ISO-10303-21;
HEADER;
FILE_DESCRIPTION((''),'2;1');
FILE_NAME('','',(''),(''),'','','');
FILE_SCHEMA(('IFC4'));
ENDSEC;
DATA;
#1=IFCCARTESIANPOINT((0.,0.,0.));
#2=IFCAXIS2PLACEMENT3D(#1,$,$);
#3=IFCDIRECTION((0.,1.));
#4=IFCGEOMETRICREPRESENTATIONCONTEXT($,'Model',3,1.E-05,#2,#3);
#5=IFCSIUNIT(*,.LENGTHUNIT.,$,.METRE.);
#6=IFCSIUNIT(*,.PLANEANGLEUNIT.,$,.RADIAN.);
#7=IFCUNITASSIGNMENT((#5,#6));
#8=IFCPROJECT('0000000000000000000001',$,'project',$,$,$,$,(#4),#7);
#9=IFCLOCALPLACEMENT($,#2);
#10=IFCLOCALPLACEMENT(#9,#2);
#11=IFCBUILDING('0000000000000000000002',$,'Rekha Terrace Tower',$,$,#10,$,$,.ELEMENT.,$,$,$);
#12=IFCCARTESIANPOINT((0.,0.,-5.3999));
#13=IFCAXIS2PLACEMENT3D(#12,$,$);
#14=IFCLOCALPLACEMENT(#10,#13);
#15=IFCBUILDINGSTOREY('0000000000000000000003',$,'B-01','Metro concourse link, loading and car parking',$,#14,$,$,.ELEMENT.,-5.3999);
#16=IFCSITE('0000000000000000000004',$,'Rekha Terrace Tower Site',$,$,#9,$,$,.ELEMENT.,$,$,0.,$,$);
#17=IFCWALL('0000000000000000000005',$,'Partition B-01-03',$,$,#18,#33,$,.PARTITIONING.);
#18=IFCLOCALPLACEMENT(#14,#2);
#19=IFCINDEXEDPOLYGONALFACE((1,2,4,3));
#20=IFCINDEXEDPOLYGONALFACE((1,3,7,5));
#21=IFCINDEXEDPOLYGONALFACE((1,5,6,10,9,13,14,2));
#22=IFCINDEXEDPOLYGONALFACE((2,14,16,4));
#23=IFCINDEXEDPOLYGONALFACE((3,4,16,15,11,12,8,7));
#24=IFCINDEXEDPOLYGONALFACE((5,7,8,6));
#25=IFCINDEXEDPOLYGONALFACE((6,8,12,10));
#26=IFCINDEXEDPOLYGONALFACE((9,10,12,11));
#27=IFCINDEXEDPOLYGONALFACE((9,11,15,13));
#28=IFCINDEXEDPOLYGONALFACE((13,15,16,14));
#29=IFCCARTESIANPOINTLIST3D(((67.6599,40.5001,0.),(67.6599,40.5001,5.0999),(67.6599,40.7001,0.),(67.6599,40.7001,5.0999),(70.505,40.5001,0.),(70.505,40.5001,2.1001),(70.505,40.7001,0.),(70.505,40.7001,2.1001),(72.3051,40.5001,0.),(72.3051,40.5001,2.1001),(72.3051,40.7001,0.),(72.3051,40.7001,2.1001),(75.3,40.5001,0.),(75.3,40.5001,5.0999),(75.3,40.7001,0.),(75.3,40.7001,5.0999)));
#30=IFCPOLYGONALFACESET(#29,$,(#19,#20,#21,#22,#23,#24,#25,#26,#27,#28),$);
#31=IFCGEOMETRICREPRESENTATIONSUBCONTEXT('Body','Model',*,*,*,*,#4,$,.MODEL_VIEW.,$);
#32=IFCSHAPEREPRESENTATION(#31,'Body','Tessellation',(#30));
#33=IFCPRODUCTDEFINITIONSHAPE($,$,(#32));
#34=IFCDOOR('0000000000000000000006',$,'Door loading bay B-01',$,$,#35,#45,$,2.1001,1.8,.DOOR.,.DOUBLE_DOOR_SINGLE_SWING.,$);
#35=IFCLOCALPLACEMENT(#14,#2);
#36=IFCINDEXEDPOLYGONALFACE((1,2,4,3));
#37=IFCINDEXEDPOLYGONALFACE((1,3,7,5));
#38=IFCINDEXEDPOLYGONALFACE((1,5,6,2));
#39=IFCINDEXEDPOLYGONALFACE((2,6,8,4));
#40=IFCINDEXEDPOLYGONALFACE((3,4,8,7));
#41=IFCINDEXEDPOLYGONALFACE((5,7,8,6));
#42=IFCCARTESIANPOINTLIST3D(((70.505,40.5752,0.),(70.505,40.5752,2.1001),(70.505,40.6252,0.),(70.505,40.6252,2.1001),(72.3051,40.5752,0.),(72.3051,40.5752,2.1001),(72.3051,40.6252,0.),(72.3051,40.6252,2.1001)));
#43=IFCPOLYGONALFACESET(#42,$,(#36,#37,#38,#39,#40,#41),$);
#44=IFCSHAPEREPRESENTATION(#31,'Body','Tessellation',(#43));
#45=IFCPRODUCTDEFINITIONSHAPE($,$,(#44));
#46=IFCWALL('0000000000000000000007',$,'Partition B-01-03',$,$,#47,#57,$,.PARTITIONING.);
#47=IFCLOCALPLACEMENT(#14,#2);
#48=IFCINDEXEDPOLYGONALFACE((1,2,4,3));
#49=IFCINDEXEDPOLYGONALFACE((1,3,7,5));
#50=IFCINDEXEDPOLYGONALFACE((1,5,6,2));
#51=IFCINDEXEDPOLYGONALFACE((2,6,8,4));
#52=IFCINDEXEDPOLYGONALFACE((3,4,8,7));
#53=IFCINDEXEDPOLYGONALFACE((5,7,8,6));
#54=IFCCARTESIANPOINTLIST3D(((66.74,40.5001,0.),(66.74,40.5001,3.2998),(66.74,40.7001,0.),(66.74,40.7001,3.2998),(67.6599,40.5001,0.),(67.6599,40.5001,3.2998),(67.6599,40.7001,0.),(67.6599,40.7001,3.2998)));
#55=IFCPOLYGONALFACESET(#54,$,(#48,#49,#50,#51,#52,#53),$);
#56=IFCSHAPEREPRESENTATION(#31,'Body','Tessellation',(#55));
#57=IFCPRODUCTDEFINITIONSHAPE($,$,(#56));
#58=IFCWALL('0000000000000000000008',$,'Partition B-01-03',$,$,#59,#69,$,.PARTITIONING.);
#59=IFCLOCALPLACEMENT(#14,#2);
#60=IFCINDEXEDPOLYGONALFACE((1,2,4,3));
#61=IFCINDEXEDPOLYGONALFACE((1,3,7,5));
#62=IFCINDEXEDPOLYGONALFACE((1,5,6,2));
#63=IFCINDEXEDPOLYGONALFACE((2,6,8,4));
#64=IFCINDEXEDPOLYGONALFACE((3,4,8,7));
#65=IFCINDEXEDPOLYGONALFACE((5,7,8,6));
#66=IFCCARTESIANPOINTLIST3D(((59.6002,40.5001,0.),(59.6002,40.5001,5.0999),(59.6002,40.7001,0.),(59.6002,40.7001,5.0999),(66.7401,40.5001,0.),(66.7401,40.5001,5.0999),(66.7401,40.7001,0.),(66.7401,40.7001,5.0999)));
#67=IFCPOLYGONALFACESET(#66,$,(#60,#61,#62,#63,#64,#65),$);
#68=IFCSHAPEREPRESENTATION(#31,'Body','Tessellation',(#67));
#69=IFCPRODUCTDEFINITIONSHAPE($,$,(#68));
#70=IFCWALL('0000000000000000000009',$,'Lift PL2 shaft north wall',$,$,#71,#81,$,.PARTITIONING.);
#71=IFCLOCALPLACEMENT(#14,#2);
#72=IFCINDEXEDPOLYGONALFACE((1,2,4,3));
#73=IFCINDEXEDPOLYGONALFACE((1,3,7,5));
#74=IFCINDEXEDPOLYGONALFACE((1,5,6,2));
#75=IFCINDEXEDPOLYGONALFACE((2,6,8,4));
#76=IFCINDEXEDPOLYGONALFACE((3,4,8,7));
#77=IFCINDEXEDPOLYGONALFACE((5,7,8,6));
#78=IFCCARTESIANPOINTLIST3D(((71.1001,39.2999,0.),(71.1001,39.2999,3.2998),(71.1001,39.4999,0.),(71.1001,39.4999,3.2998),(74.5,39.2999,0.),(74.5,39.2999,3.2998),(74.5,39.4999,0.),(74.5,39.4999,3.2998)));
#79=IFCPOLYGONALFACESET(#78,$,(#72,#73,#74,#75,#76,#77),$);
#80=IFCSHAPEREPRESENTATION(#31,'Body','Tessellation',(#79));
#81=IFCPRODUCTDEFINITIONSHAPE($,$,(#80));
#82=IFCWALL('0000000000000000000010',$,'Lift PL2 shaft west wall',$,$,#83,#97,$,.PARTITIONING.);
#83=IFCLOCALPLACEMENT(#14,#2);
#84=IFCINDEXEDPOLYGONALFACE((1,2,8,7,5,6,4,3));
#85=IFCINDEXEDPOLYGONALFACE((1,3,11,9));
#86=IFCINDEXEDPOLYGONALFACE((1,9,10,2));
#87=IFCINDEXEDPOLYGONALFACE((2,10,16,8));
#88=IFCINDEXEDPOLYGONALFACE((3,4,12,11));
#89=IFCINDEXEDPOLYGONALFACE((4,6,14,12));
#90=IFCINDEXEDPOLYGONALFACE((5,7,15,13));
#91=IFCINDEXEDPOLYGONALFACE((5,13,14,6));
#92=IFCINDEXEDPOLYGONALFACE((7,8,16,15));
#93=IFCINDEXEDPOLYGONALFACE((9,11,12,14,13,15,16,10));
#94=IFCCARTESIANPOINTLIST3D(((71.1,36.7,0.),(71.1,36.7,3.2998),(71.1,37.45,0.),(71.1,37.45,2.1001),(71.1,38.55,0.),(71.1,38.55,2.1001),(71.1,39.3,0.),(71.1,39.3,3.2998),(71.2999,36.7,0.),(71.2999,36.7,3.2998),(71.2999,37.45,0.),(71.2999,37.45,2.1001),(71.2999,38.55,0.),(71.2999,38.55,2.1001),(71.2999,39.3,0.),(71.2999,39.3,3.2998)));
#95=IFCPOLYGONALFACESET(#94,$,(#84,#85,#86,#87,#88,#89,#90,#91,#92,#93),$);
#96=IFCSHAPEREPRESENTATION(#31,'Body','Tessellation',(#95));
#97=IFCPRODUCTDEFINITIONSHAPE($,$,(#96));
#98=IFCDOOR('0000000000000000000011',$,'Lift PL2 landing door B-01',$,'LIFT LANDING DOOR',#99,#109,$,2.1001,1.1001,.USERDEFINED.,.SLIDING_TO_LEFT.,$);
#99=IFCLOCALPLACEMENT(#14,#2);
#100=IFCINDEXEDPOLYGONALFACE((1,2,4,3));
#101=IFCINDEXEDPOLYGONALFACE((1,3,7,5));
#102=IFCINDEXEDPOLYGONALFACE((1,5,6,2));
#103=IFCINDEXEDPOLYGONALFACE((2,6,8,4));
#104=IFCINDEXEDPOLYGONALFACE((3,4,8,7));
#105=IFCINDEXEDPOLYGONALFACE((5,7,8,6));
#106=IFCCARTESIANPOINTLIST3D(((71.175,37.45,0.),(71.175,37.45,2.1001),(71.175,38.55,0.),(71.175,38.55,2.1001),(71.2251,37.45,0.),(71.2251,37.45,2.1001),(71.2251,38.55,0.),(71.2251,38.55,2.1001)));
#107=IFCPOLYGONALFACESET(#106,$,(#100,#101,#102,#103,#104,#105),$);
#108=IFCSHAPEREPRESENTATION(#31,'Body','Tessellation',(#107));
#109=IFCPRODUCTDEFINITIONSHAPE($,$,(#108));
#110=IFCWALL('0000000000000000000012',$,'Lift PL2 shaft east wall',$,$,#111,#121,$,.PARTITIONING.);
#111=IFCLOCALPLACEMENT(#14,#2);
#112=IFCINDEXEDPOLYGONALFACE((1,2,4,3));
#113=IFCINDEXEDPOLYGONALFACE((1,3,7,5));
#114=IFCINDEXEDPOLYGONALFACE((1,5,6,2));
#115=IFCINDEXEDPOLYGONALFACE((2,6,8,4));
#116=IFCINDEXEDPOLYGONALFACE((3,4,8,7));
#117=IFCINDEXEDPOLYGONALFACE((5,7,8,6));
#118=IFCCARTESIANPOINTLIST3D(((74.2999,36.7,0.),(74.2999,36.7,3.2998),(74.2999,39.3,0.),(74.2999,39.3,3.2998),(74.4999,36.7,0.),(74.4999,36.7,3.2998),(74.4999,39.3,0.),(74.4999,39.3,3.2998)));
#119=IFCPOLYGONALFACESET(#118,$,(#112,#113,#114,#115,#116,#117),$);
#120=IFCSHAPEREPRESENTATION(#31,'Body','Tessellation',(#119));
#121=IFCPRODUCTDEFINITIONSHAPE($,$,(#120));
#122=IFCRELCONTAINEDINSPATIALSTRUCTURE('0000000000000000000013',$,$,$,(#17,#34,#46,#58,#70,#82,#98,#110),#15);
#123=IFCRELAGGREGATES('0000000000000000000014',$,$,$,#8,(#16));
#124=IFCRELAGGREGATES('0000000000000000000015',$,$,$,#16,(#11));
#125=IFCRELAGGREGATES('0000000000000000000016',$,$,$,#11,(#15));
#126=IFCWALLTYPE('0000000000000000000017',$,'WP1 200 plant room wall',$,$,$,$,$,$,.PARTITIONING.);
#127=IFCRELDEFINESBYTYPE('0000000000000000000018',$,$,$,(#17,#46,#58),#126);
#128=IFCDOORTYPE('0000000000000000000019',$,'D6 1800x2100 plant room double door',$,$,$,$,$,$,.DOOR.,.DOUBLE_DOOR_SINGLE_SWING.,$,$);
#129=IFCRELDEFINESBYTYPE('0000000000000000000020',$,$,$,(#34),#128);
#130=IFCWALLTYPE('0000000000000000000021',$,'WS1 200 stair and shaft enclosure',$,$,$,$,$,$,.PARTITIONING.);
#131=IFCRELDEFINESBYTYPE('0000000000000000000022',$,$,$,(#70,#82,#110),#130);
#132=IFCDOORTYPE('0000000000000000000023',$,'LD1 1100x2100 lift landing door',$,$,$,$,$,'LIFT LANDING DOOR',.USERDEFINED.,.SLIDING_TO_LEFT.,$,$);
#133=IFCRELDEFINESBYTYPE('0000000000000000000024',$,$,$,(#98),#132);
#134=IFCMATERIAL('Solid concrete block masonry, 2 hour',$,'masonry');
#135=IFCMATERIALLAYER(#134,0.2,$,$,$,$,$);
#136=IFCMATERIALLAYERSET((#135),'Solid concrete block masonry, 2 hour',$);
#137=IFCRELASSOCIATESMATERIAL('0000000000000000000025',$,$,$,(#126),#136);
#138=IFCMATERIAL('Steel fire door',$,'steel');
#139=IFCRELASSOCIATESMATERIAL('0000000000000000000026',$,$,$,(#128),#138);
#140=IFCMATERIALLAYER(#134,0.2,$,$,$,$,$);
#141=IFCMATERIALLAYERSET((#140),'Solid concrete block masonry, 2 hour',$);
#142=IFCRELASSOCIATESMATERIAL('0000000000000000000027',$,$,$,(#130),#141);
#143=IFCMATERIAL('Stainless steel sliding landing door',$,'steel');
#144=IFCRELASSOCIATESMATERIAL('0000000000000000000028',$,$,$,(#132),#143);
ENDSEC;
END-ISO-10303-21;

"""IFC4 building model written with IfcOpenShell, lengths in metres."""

from ifc_helpers import new_model, si_unit, direction, frame, frame_2d, origin, place, context, subcontext, project, spatial, rectangle, extrude, material, layer, layer_set, type_object, element, fill, save


model = new_model("IFC4")

# Units and contexts
model_context = context("Model", 3, precision=1e-05, world=origin(), true_north=direction((0.0, 1.0)))
body_context = subcontext(model_context, "Body", "Model", "MODEL_VIEW")
ifc_project = project(units=[si_unit("LENGTHUNIT", "METRE"), si_unit("PLANEANGLEUNIT", "RADIAN")], contexts=[model_context])

# Site, building, storey
site_placement = place(None, origin())
site = spatial("IfcSite", under=ifc_project, at=site_placement, Name="Rekha Terrace Tower Site", CompositionType="ELEMENT", RefElevation=0.0)
building_placement = place(site_placement, origin())
building = spatial("IfcBuilding", under=site, at=building_placement, Name="Rekha Terrace Tower", CompositionType="ELEMENT")
storey_placement = place(building_placement, frame((0.0, 0.0, -5.3999)))
storey = spatial("IfcBuildingStorey", under=building, at=storey_placement, Name="B-01", Description="Metro concourse link, loading and car parking", CompositionType="ELEMENT", Elevation=-5.3999)

# Wall, opening, door
ifc_material_1 = material(Name="Solid concrete block masonry, 2 hour", Category="masonry")
ifc_layer_1 = layer(ifc_material_1, 0.2)
ifc_layer_set_1 = layer_set([ifc_layer_1], Name="Solid concrete block masonry, 2 hour")
wall_type_1 = type_object("IfcWallType", Name="WP1 200 plant room wall", PredefinedType="PARTITIONING", material=ifc_layer_set_1)
wall_1_placement = place(storey_placement, frame((75.3, 40.6001, 0.0), z_axis=(0.0, 0.0, 1.0), x_axis=(-1.0, 0.0, 0.0)))
wall_1 = element("IfcWall", 1, at=wall_1_placement, inside=storey, type_object=wall_type_1, Name="Partition B-01-03", PredefinedType="PARTITIONING", context=body_context, shape_type="SweptSolid", body=[
    extrude(rectangle(XDim=7.6401, YDim=0.2, at=frame_2d((3.8201, 0.0))), origin(), (0.0, 0.0, 1.0), 5.0999),
])
opening_1_placement = place(wall_1_placement, frame((2.9951, 0.0, 0.0)))
opening_1 = element("IfcOpeningElement", 2, at=opening_1_placement, cuts=wall_1, PredefinedType="OPENING", context=body_context, shape_type="SweptSolid", body=[
    extrude(rectangle(XDim=1.8, YDim=2.1001, at=frame_2d((0.8999, 1.05))), frame((0.0, 0.1099, 0.0), z_axis=(0.0, -1.0, 0.0), x_axis=(1.0, 0.0, 0.0)), (0.0, 0.0, 1.0), 0.22),
])
ifc_material_2 = material(Name="Steel fire door", Category="steel")
door_type_1 = type_object("IfcDoorType", Name="D6 1800x2100 plant room double door", OperationType="DOUBLE_DOOR_SINGLE_SWING", PredefinedType="DOOR", material=ifc_material_2)
door_1_placement = place(opening_1_placement, origin())
door_1 = element("IfcDoor", 3, at=door_1_placement, inside=storey, type_object=door_type_1, Name="Door loading bay B-01", OperationType="DOUBLE_DOOR_SINGLE_SWING", OverallHeight=2.1001, OverallWidth=1.8, PredefinedType="DOOR", context=body_context, shape_type="SweptSolid", body=[
    extrude(rectangle(XDim=1.8, YDim=2.1001, at=frame_2d((0.8999, 1.05))), frame((0.0, 0.0249, 0.0), z_axis=(0.0, -1.0, 0.0), x_axis=(1.0, 0.0, 0.0)), (0.0, 0.0, 1.0), 0.05),
])
fill(opening_1, door_1)

# Walls
wall_2_placement = place(storey_placement, frame((67.6599, 40.6001, 0.0), z_axis=(0.0, 0.0, 1.0), x_axis=(-1.0, 0.0, 0.0)))
element("IfcWall", 4, at=wall_2_placement, inside=storey, type_object=wall_type_1, Name="Partition B-01-03", PredefinedType="PARTITIONING", context=body_context, shape_type="SweptSolid", body=[
    extrude(rectangle(XDim=0.9199, YDim=0.2, at=frame_2d((0.46, 0.0))), origin(), (0.0, 0.0, 1.0), 3.2998),
])
wall_3_placement = place(storey_placement, frame((66.74, 40.6001, 0.0), z_axis=(0.0, 0.0, 1.0), x_axis=(-1.0, 0.0, 0.0)))
element("IfcWall", 5, at=wall_3_placement, inside=storey, type_object=wall_type_1, Name="Partition B-01-03", PredefinedType="PARTITIONING", context=body_context, shape_type="SweptSolid", body=[
    extrude(rectangle(XDim=7.1399, YDim=0.2, at=frame_2d((3.5698, 0.0))), origin(), (0.0, 0.0, 1.0), 5.0999),
])
ifc_layer_2 = layer(ifc_material_1, 0.2)
ifc_layer_set_2 = layer_set([ifc_layer_2], Name="Solid concrete block masonry, 2 hour")
wall_type_2 = type_object("IfcWallType", Name="WS1 200 stair and shaft enclosure", PredefinedType="PARTITIONING", material=ifc_layer_set_2)
wall_4_placement = place(storey_placement, frame((71.1001, 39.3999, 0.0), z_axis=(0.0, 0.0, 1.0), x_axis=(1.0, 0.0, 0.0)))
element("IfcWall", 6, at=wall_4_placement, inside=storey, type_object=wall_type_2, Name="Lift PL2 shaft north wall", PredefinedType="PARTITIONING", context=body_context, shape_type="SweptSolid", body=[
    extrude(rectangle(XDim=3.3999, YDim=0.2, at=frame_2d((1.7, 0.0))), origin(), (0.0, 0.0, 1.0), 3.2998),
])

# Wall, opening, door
wall_5_placement = place(storey_placement, frame((71.2, 36.7, 0.0), z_axis=(0.0, 0.0, 1.0), x_axis=(0.0, 1.0, 0.0)))
wall_5 = element("IfcWall", 7, at=wall_5_placement, inside=storey, type_object=wall_type_2, Name="Lift PL2 shaft west wall", PredefinedType="PARTITIONING", context=body_context, shape_type="SweptSolid", body=[
    extrude(rectangle(XDim=2.6001, YDim=0.2, at=frame_2d((1.3, 0.0))), origin(), (0.0, 0.0, 1.0), 3.2998),
])
opening_2_placement = place(wall_5_placement, frame((0.75, 0.0, 0.0)))
opening_2 = element("IfcOpeningElement", 8, at=opening_2_placement, cuts=wall_5, PredefinedType="OPENING", context=body_context, shape_type="SweptSolid", body=[
    extrude(rectangle(XDim=1.1001, YDim=2.1001, at=frame_2d((0.55, 1.05))), frame((0.0, 0.1099, 0.0), z_axis=(0.0, -1.0, 0.0), x_axis=(1.0, 0.0, 0.0)), (0.0, 0.0, 1.0), 0.22),
])
ifc_material_3 = material(Name="Stainless steel sliding landing door", Category="steel")
door_type_2 = type_object("IfcDoorType", Name="LD1 1100x2100 lift landing door", ElementType="LIFT LANDING DOOR", OperationType="SLIDING_TO_LEFT", PredefinedType="USERDEFINED", material=ifc_material_3)
door_2_placement = place(opening_2_placement, origin())
door_2 = element("IfcDoor", 9, at=door_2_placement, inside=storey, type_object=door_type_2, Name="Lift PL2 landing door B-01", ObjectType="LIFT LANDING DOOR", OperationType="SLIDING_TO_LEFT", OverallHeight=2.1001, OverallWidth=1.1001, PredefinedType="USERDEFINED", context=body_context, shape_type="SweptSolid", body=[
    extrude(rectangle(XDim=1.1001, YDim=2.1001, at=frame_2d((0.55, 1.05))), frame((0.0, 0.0249, 0.0), z_axis=(0.0, -1.0, 0.0), x_axis=(1.0, 0.0, 0.0)), (0.0, 0.0, 1.0), 0.05),
])
fill(opening_2, door_2)

# Wall
wall_6_placement = place(storey_placement, frame((74.3999, 36.7, 0.0), z_axis=(0.0, 0.0, 1.0), x_axis=(0.0, 1.0, 0.0)))
element("IfcWall", 10, at=wall_6_placement, inside=storey, type_object=wall_type_2, Name="Lift PL2 shaft east wall", PredefinedType="PARTITIONING", context=body_context, shape_type="SweptSolid", body=[
    extrude(rectangle(XDim=2.6001, YDim=0.2, at=frame_2d((1.3, 0.0))), origin(), (0.0, 0.0, 1.0), 3.2998),
])

save(model, "model.ifc")
